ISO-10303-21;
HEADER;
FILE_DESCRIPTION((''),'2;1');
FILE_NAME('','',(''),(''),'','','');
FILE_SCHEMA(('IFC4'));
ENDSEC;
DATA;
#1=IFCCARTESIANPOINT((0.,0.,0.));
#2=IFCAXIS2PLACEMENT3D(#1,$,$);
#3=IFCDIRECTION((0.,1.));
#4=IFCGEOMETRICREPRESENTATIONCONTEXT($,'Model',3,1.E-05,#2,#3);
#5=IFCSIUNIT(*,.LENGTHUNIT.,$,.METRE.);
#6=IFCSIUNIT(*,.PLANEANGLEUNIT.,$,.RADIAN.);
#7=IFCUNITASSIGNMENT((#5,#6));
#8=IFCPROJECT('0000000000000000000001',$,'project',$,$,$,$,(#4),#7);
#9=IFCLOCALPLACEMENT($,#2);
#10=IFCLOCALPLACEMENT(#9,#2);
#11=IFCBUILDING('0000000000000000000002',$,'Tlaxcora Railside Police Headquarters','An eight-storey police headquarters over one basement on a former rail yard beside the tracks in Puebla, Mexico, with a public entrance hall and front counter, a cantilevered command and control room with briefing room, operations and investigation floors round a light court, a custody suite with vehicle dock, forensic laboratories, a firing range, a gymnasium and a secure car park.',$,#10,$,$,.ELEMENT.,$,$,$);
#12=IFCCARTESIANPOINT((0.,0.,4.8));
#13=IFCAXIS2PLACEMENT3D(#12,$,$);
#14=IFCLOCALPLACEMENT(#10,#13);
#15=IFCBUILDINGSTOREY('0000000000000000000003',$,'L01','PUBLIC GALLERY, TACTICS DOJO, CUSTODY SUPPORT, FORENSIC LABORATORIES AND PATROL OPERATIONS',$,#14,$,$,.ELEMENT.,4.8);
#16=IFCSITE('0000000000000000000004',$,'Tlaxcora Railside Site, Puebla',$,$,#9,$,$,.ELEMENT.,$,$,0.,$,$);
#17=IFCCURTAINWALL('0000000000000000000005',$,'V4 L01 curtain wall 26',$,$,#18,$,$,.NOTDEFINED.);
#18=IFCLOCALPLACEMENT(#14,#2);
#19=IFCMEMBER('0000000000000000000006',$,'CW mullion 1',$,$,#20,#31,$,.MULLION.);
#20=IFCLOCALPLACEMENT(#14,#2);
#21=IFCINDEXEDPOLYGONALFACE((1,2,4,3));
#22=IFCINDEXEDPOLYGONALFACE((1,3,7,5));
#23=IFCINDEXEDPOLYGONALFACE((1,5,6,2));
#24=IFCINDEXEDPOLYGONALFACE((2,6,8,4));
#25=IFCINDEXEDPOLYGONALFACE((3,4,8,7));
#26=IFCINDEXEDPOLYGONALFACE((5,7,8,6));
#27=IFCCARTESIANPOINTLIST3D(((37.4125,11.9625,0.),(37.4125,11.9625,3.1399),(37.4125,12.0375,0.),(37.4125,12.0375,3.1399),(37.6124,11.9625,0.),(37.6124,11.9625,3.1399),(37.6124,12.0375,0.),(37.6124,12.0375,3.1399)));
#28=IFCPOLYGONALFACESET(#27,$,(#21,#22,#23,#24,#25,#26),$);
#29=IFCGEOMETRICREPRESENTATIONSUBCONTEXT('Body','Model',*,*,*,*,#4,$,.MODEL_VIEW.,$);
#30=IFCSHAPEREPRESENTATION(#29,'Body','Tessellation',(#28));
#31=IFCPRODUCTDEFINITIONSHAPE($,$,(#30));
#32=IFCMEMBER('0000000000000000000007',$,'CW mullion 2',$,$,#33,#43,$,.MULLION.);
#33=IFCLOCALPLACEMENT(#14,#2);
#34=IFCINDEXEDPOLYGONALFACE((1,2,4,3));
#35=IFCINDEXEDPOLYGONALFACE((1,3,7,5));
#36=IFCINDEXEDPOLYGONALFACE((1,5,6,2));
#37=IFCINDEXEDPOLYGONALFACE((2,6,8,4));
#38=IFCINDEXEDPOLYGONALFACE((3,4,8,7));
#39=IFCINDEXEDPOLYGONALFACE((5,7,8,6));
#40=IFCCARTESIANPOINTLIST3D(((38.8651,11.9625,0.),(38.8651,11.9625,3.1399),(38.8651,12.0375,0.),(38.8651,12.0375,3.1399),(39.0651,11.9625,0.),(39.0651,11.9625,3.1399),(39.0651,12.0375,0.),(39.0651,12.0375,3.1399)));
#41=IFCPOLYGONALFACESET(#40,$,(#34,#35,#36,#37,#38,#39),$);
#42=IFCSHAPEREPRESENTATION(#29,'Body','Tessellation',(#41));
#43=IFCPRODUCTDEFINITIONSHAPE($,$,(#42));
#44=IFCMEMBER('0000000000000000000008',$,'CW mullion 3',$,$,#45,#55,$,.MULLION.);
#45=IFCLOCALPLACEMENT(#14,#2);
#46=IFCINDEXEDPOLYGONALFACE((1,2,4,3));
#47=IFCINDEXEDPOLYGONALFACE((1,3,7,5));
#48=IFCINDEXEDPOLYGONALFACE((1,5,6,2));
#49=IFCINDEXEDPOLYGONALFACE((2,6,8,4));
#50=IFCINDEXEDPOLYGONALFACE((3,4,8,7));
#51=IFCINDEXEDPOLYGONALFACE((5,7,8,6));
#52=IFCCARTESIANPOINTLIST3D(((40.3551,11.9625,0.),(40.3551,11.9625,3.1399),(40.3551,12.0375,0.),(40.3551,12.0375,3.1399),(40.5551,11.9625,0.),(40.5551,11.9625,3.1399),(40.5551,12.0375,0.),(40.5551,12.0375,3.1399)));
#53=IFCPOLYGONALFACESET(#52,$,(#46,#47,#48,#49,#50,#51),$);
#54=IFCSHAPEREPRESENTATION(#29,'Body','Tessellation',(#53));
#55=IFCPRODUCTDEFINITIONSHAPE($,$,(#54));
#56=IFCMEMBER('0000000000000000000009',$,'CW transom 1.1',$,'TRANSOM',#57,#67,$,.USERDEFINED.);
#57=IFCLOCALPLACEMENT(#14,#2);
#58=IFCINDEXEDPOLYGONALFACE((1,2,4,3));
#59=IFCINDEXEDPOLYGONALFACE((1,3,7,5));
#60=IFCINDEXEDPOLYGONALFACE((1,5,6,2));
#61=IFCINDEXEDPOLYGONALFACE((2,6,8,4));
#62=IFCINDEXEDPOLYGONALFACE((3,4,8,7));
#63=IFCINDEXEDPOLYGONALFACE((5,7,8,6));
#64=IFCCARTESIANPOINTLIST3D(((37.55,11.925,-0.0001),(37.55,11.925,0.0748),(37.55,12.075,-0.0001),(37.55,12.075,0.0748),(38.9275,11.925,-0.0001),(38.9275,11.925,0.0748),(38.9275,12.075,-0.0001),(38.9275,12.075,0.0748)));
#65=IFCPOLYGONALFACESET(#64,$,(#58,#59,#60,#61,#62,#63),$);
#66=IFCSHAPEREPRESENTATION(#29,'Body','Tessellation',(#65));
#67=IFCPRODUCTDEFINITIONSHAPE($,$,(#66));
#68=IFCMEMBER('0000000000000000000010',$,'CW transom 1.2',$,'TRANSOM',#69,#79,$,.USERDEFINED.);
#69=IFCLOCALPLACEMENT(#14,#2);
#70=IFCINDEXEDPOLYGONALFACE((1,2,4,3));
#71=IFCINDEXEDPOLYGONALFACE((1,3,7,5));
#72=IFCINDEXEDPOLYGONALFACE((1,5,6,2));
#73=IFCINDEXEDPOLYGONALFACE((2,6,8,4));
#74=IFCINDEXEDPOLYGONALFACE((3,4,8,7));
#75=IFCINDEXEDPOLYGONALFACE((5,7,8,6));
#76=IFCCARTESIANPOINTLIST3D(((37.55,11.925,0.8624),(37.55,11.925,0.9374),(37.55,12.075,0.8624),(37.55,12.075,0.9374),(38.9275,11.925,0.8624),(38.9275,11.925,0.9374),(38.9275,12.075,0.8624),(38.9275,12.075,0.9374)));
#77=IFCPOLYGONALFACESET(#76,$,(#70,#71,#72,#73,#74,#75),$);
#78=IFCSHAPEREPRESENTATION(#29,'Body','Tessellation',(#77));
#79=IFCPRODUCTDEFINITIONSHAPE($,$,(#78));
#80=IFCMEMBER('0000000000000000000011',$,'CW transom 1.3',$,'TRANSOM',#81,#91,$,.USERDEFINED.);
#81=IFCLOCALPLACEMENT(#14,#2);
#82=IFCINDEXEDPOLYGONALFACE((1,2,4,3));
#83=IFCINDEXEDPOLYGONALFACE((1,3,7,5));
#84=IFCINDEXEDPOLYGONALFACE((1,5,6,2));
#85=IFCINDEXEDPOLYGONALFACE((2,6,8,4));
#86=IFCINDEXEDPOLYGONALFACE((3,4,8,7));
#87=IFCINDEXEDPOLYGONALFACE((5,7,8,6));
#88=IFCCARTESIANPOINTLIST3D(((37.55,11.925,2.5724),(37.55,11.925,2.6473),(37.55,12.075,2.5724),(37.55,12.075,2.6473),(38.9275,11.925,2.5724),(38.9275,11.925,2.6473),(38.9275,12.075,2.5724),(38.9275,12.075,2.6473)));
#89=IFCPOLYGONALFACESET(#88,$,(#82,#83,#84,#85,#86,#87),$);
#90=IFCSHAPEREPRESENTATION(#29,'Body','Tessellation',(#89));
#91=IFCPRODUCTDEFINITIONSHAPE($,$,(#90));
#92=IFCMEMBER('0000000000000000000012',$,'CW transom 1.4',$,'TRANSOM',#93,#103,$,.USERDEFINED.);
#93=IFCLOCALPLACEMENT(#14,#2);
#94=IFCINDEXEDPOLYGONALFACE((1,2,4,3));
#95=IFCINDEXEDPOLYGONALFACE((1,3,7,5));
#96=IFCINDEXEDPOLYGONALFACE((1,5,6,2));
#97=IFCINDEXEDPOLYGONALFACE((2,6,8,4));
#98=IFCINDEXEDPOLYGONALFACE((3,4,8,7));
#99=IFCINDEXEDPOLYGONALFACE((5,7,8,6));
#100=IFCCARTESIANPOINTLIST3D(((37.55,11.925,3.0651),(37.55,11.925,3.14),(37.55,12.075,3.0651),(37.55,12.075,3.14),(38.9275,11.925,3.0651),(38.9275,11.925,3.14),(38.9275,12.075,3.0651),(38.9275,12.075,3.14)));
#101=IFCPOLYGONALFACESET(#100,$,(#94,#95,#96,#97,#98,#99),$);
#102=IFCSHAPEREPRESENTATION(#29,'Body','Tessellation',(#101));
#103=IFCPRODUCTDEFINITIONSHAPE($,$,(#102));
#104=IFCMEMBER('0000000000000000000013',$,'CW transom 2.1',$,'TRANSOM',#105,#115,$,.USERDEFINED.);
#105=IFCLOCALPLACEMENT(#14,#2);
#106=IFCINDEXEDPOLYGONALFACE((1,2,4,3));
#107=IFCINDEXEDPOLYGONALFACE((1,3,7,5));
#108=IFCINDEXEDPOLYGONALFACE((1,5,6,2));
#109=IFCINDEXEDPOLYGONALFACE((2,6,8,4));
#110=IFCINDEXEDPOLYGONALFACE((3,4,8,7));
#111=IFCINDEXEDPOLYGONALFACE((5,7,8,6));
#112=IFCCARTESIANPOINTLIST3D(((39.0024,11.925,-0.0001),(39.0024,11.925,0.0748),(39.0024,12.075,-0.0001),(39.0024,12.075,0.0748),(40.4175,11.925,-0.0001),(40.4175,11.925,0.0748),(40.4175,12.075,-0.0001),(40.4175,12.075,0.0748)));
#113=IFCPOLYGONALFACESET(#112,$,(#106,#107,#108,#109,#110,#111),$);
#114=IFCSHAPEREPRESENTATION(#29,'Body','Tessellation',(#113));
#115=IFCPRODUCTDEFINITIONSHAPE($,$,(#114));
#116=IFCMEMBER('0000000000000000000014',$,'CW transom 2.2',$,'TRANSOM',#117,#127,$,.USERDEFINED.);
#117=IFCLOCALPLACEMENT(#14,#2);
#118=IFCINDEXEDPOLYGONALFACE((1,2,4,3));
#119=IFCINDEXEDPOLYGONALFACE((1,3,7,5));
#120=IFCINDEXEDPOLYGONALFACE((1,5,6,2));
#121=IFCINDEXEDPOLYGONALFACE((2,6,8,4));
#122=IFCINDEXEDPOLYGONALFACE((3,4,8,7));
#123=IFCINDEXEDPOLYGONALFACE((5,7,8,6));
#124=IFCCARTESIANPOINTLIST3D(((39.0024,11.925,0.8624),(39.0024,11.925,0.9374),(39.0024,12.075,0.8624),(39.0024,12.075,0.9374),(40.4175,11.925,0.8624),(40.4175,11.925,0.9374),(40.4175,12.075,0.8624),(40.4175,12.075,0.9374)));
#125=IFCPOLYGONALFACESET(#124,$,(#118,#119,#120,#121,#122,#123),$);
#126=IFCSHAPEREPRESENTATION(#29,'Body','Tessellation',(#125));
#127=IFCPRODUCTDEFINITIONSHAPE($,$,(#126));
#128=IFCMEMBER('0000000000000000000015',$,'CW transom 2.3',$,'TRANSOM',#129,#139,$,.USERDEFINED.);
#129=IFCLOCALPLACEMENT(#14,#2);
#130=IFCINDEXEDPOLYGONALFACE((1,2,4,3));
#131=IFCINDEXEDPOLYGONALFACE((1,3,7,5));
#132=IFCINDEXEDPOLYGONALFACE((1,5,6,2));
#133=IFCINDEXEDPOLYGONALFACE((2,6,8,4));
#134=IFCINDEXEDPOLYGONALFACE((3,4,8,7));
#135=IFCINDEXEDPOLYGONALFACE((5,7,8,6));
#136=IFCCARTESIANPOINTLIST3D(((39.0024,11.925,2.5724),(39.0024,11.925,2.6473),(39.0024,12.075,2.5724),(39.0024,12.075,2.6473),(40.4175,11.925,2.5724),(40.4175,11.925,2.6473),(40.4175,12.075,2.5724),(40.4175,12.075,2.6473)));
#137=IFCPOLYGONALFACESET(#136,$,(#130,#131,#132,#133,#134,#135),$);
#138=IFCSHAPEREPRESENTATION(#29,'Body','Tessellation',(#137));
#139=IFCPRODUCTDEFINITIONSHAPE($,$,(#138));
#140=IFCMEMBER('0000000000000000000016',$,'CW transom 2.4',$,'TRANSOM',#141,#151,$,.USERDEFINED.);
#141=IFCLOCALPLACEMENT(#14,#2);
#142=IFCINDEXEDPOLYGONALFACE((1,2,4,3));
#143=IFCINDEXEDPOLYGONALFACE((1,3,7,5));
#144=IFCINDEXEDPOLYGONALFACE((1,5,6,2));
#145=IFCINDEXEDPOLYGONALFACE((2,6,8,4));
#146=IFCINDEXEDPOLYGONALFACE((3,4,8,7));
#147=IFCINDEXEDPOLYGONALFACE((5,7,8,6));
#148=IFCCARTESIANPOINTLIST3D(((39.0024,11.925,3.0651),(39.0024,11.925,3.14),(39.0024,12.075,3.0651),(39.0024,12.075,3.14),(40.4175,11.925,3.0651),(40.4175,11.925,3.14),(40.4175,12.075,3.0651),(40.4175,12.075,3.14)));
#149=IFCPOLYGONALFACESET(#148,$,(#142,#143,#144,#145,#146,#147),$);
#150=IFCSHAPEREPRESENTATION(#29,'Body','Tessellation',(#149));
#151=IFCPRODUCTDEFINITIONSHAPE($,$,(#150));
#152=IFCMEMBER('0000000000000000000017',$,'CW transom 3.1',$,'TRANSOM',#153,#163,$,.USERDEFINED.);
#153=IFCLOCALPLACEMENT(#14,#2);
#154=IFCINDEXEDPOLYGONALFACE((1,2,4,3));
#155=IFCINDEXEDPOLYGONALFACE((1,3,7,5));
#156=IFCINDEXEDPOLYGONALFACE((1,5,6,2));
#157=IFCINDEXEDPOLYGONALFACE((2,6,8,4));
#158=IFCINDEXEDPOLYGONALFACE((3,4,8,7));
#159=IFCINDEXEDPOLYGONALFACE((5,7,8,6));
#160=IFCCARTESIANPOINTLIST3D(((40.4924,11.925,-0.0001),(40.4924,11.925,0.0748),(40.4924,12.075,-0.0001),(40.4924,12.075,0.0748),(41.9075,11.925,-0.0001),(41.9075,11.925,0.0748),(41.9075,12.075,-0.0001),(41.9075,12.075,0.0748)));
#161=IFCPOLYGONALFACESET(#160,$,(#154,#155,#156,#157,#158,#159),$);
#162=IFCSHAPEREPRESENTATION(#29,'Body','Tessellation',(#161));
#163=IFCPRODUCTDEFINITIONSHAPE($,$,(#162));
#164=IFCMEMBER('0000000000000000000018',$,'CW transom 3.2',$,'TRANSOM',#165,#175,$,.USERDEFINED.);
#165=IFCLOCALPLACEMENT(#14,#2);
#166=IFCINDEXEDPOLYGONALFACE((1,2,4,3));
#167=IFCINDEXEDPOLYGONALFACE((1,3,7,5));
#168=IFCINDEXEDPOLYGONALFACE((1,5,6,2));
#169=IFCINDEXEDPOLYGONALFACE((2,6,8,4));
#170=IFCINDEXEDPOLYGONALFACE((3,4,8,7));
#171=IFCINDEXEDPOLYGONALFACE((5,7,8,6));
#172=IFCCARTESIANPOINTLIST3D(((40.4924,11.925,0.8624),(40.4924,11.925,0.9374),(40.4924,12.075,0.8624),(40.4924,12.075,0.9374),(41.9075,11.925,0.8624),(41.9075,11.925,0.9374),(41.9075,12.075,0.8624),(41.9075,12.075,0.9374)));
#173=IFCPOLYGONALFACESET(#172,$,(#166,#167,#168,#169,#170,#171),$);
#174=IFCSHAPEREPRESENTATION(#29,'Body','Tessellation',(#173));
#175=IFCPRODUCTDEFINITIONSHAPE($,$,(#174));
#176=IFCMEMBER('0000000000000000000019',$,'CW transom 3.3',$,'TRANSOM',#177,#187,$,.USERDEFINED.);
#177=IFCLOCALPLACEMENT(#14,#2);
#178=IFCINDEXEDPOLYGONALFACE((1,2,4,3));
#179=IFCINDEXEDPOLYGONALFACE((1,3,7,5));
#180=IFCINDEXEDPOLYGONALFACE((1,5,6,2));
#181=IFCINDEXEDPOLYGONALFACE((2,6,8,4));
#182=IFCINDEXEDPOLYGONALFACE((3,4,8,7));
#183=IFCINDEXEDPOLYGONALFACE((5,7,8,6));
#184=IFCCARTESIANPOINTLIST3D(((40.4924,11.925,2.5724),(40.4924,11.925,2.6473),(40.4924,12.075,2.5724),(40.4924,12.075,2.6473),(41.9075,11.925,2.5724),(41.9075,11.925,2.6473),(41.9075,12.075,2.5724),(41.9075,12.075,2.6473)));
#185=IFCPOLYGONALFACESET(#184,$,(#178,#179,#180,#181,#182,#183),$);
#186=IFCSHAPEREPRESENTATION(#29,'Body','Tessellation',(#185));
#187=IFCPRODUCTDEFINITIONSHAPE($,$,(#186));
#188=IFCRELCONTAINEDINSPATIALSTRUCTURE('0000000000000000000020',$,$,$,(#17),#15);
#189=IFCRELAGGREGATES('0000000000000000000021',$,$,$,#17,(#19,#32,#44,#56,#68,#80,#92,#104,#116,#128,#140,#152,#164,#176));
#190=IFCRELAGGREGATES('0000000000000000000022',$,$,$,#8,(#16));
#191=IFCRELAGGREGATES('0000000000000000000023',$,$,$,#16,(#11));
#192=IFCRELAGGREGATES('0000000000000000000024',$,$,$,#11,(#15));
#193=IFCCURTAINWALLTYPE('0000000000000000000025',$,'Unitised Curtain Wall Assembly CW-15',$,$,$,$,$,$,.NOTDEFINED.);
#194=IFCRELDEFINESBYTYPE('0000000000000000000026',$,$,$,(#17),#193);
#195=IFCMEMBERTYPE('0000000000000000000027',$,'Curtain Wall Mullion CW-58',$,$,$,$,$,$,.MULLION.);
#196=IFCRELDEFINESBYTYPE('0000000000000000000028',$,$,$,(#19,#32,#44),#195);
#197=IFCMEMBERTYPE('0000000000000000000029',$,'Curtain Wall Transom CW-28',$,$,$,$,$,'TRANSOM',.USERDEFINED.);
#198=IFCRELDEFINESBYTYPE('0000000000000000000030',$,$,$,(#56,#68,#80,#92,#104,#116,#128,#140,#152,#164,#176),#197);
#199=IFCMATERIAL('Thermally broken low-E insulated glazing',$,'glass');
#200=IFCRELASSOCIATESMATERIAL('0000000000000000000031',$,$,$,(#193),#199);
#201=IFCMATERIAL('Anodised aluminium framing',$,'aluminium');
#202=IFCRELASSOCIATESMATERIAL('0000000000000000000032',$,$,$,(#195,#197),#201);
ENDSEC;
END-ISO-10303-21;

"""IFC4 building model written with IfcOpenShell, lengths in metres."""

from ifc_helpers import new_model, si_unit, direction, frame, origin, origin_2d, place, context, subcontext, project, spatial, rectangle, extrude, material, material_profile, profile_set, type_object, element, aggregate, save


model = new_model("IFC4")

# Units and contexts
model_context = context("Model", 3, precision=1e-05, world=origin(), true_north=direction((0.0, 1.0)))
body_context = subcontext(model_context, "Body", "Model", "MODEL_VIEW")
ifc_project = project(units=[si_unit("LENGTHUNIT", "METRE"), si_unit("PLANEANGLEUNIT", "RADIAN")], contexts=[model_context])

# Site, building, storey
site_placement = place(None, origin())
site = spatial("IfcSite", under=ifc_project, at=site_placement, Name="Tlaxcora Railside Site, Puebla", CompositionType="ELEMENT", RefElevation=0.0)
building_placement = place(site_placement, origin())
building = spatial("IfcBuilding", under=site, at=building_placement, Name="Tlaxcora Railside Police Headquarters", Description="An eight-storey police headquarters over one basement on a former rail yard beside the tracks in Puebla, Mexico, with a public entrance hall and front counter, a cantilevered command and control room with briefing room, operations and investigation floors round a light court, a custody suite with vehicle dock, forensic laboratories, a firing range, a gymnasium and a secure car park.", CompositionType="ELEMENT")
storey_placement = place(building_placement, frame((0.0, 0.0, 4.8)))
storey = spatial("IfcBuildingStorey", under=building, at=storey_placement, Name="L01", Description="PUBLIC GALLERY, TACTICS DOJO, CUSTODY SUPPORT, FORENSIC LABORATORIES AND PATROL OPERATIONS", CompositionType="ELEMENT", Elevation=4.8)

# Curtain wall, members
ifc_material_1 = material(Name="Thermally broken low-E insulated glazing", Category="glass")
curtain_wall_type = type_object("IfcCurtainWallType", Name="Unitised Curtain Wall Assembly CW-15", PredefinedType="NOTDEFINED", material=ifc_material_1)
curtain_wall_placement = place(storey_placement, origin())
curtain_wall = element("IfcCurtainWall", 1, at=curtain_wall_placement, inside=storey, type_object=curtain_wall_type, Name="V4 L01 curtain wall 26", PredefinedType="NOTDEFINED")
ifc_material_2 = material(Name="Anodised aluminium framing", Category="aluminium")
ifc_material_profile_1 = material_profile(ifc_material_2, rectangle(XDim=0.075, YDim=0.2, at=origin_2d()), Name="AL75X200")
ifc_profile_set_1 = profile_set([ifc_material_profile_1], Name="Anodised aluminium framing")
member_type_1 = type_object("IfcMemberType", Name="Curtain Wall Mullion CW-58", PredefinedType="MULLION", material=ifc_profile_set_1)
member_1_placement = place(storey_placement, frame((37.5125, 12.0, 0.0), z_axis=(0.0, 0.0, 1.0), x_axis=(0.0, 1.0, 0.0)))
member_1 = element("IfcMember", 2, at=member_1_placement, type_object=member_type_1, Name="CW mullion 1", PredefinedType="MULLION", context=body_context, shape_type="SweptSolid", body=[
    extrude(rectangle(XDim=0.075, YDim=0.2, at=origin_2d()), origin(), (0.0, 0.0, 1.0), 3.1399),
])
member_2_placement = place(storey_placement, frame((38.9651, 12.0, 0.0), z_axis=(0.0, 0.0, 1.0), x_axis=(0.0, 1.0, 0.0)))
member_2 = element("IfcMember", 3, at=member_2_placement, type_object=member_type_1, Name="CW mullion 2", PredefinedType="MULLION", context=body_context, shape_type="SweptSolid", body=[
    extrude(rectangle(XDim=0.075, YDim=0.2, at=origin_2d()), origin(), (0.0, 0.0, 1.0), 3.1399),
])
member_3_placement = place(storey_placement, frame((40.4551, 12.0, 0.0), z_axis=(0.0, 0.0, 1.0), x_axis=(0.0, 1.0, 0.0)))
member_3 = element("IfcMember", 4, at=member_3_placement, type_object=member_type_1, Name="CW mullion 3", PredefinedType="MULLION", context=body_context, shape_type="SweptSolid", body=[
    extrude(rectangle(XDim=0.075, YDim=0.2, at=origin_2d()), origin(), (0.0, 0.0, 1.0), 3.1399),
])
ifc_material_profile_2 = material_profile(ifc_material_2, rectangle(XDim=0.1499, YDim=0.075, at=origin_2d()), Name="AL75X150")
ifc_profile_set_2 = profile_set([ifc_material_profile_2], Name="Anodised aluminium framing")
member_type_2 = type_object("IfcMemberType", Name="Curtain Wall Transom CW-28", ElementType="TRANSOM", PredefinedType="USERDEFINED", material=ifc_profile_set_2)
member_4_placement = place(storey_placement, frame((37.55, 12.0, 0.0374), z_axis=(1.0, 0.0, 0.0), x_axis=(0.0, 1.0, 0.0)))
member_4 = element("IfcMember", 5, at=member_4_placement, type_object=member_type_2, Name="CW transom 1.1", ObjectType="TRANSOM", PredefinedType="USERDEFINED", context=body_context, shape_type="SweptSolid", body=[
    extrude(rectangle(XDim=0.1499, YDim=0.075, at=origin_2d()), origin(), (0.0, 0.0, 1.0), 1.3774),
])
member_5_placement = place(storey_placement, frame((37.55, 12.0, 0.8999), z_axis=(1.0, 0.0, 0.0), x_axis=(0.0, 1.0, 0.0)))
member_5 = element("IfcMember", 6, at=member_5_placement, type_object=member_type_2, Name="CW transom 1.2", ObjectType="TRANSOM", PredefinedType="USERDEFINED", context=body_context, shape_type="SweptSolid", body=[
    extrude(rectangle(XDim=0.1499, YDim=0.075, at=origin_2d()), origin(), (0.0, 0.0, 1.0), 1.3774),
])
member_6_placement = place(storey_placement, frame((37.55, 12.0, 2.6099), z_axis=(1.0, 0.0, 0.0), x_axis=(0.0, 1.0, 0.0)))
member_6 = element("IfcMember", 7, at=member_6_placement, type_object=member_type_2, Name="CW transom 1.3", ObjectType="TRANSOM", PredefinedType="USERDEFINED", context=body_context, shape_type="SweptSolid", body=[
    extrude(rectangle(XDim=0.1499, YDim=0.075, at=origin_2d()), origin(), (0.0, 0.0, 1.0), 1.3774),
])
member_7_placement = place(storey_placement, frame((37.55, 12.0, 3.1025), z_axis=(1.0, 0.0, 0.0), x_axis=(0.0, 1.0, 0.0)))
member_7 = element("IfcMember", 8, at=member_7_placement, type_object=member_type_2, Name="CW transom 1.4", ObjectType="TRANSOM", PredefinedType="USERDEFINED", context=body_context, shape_type="SweptSolid", body=[
    extrude(rectangle(XDim=0.1499, YDim=0.075, at=origin_2d()), origin(), (0.0, 0.0, 1.0), 1.3774),
])
member_8_placement = place(storey_placement, frame((39.0024, 12.0, 0.0374), z_axis=(1.0, 0.0, 0.0), x_axis=(0.0, 1.0, 0.0)))
member_8 = element("IfcMember", 9, at=member_8_placement, type_object=member_type_2, Name="CW transom 2.1", ObjectType="TRANSOM", PredefinedType="USERDEFINED", context=body_context, shape_type="SweptSolid", body=[
    extrude(rectangle(XDim=0.1499, YDim=0.075, at=origin_2d()), origin(), (0.0, 0.0, 1.0), 1.415),
])
member_9_placement = place(storey_placement, frame((39.0024, 12.0, 0.8999), z_axis=(1.0, 0.0, 0.0), x_axis=(0.0, 1.0, 0.0)))
member_9 = element("IfcMember", 10, at=member_9_placement, type_object=member_type_2, Name="CW transom 2.2", ObjectType="TRANSOM", PredefinedType="USERDEFINED", context=body_context, shape_type="SweptSolid", body=[
    extrude(rectangle(XDim=0.1499, YDim=0.075, at=origin_2d()), origin(), (0.0, 0.0, 1.0), 1.415),
])
member_10_placement = place(storey_placement, frame((39.0024, 12.0, 2.6099), z_axis=(1.0, 0.0, 0.0), x_axis=(0.0, 1.0, 0.0)))
member_10 = element("IfcMember", 11, at=member_10_placement, type_object=member_type_2, Name="CW transom 2.3", ObjectType="TRANSOM", PredefinedType="USERDEFINED", context=body_context, shape_type="SweptSolid", body=[
    extrude(rectangle(XDim=0.1499, YDim=0.075, at=origin_2d()), origin(), (0.0, 0.0, 1.0), 1.415),
])
member_11_placement = place(storey_placement, frame((39.0024, 12.0, 3.1025), z_axis=(1.0, 0.0, 0.0), x_axis=(0.0, 1.0, 0.0)))
member_11 = element("IfcMember", 12, at=member_11_placement, type_object=member_type_2, Name="CW transom 2.4", ObjectType="TRANSOM", PredefinedType="USERDEFINED", context=body_context, shape_type="SweptSolid", body=[
    extrude(rectangle(XDim=0.1499, YDim=0.075, at=origin_2d()), origin(), (0.0, 0.0, 1.0), 1.415),
])
member_12_placement = place(storey_placement, frame((40.4924, 12.0, 0.0374), z_axis=(1.0, 0.0, 0.0), x_axis=(0.0, 1.0, 0.0)))
member_12 = element("IfcMember", 13, at=member_12_placement, type_object=member_type_2, Name="CW transom 3.1", ObjectType="TRANSOM", PredefinedType="USERDEFINED", context=body_context, shape_type="SweptSolid", body=[
    extrude(rectangle(XDim=0.1499, YDim=0.075, at=origin_2d()), origin(), (0.0, 0.0, 1.0), 1.415),
])
member_13_placement = place(storey_placement, frame((40.4924, 12.0, 0.8999), z_axis=(1.0, 0.0, 0.0), x_axis=(0.0, 1.0, 0.0)))
member_13 = element("IfcMember", 14, at=member_13_placement, type_object=member_type_2, Name="CW transom 3.2", ObjectType="TRANSOM", PredefinedType="USERDEFINED", context=body_context, shape_type="SweptSolid", body=[
    extrude(rectangle(XDim=0.1499, YDim=0.075, at=origin_2d()), origin(), (0.0, 0.0, 1.0), 1.415),
])
member_14_placement = place(storey_placement, frame((40.4924, 12.0, 2.6099), z_axis=(1.0, 0.0, 0.0), x_axis=(0.0, 1.0, 0.0)))
member_14 = element("IfcMember", 15, at=member_14_placement, type_object=member_type_2, Name="CW transom 3.3", ObjectType="TRANSOM", PredefinedType="USERDEFINED", context=body_context, shape_type="SweptSolid", body=[
    extrude(rectangle(XDim=0.1499, YDim=0.075, at=origin_2d()), origin(), (0.0, 0.0, 1.0), 1.415),
])

aggregate(curtain_wall, [member_1, member_2, member_3, member_4, member_5, member_6, member_7, member_8, member_9, member_10, member_11, member_12, member_13, member_14])

save(model, "model.ifc")
